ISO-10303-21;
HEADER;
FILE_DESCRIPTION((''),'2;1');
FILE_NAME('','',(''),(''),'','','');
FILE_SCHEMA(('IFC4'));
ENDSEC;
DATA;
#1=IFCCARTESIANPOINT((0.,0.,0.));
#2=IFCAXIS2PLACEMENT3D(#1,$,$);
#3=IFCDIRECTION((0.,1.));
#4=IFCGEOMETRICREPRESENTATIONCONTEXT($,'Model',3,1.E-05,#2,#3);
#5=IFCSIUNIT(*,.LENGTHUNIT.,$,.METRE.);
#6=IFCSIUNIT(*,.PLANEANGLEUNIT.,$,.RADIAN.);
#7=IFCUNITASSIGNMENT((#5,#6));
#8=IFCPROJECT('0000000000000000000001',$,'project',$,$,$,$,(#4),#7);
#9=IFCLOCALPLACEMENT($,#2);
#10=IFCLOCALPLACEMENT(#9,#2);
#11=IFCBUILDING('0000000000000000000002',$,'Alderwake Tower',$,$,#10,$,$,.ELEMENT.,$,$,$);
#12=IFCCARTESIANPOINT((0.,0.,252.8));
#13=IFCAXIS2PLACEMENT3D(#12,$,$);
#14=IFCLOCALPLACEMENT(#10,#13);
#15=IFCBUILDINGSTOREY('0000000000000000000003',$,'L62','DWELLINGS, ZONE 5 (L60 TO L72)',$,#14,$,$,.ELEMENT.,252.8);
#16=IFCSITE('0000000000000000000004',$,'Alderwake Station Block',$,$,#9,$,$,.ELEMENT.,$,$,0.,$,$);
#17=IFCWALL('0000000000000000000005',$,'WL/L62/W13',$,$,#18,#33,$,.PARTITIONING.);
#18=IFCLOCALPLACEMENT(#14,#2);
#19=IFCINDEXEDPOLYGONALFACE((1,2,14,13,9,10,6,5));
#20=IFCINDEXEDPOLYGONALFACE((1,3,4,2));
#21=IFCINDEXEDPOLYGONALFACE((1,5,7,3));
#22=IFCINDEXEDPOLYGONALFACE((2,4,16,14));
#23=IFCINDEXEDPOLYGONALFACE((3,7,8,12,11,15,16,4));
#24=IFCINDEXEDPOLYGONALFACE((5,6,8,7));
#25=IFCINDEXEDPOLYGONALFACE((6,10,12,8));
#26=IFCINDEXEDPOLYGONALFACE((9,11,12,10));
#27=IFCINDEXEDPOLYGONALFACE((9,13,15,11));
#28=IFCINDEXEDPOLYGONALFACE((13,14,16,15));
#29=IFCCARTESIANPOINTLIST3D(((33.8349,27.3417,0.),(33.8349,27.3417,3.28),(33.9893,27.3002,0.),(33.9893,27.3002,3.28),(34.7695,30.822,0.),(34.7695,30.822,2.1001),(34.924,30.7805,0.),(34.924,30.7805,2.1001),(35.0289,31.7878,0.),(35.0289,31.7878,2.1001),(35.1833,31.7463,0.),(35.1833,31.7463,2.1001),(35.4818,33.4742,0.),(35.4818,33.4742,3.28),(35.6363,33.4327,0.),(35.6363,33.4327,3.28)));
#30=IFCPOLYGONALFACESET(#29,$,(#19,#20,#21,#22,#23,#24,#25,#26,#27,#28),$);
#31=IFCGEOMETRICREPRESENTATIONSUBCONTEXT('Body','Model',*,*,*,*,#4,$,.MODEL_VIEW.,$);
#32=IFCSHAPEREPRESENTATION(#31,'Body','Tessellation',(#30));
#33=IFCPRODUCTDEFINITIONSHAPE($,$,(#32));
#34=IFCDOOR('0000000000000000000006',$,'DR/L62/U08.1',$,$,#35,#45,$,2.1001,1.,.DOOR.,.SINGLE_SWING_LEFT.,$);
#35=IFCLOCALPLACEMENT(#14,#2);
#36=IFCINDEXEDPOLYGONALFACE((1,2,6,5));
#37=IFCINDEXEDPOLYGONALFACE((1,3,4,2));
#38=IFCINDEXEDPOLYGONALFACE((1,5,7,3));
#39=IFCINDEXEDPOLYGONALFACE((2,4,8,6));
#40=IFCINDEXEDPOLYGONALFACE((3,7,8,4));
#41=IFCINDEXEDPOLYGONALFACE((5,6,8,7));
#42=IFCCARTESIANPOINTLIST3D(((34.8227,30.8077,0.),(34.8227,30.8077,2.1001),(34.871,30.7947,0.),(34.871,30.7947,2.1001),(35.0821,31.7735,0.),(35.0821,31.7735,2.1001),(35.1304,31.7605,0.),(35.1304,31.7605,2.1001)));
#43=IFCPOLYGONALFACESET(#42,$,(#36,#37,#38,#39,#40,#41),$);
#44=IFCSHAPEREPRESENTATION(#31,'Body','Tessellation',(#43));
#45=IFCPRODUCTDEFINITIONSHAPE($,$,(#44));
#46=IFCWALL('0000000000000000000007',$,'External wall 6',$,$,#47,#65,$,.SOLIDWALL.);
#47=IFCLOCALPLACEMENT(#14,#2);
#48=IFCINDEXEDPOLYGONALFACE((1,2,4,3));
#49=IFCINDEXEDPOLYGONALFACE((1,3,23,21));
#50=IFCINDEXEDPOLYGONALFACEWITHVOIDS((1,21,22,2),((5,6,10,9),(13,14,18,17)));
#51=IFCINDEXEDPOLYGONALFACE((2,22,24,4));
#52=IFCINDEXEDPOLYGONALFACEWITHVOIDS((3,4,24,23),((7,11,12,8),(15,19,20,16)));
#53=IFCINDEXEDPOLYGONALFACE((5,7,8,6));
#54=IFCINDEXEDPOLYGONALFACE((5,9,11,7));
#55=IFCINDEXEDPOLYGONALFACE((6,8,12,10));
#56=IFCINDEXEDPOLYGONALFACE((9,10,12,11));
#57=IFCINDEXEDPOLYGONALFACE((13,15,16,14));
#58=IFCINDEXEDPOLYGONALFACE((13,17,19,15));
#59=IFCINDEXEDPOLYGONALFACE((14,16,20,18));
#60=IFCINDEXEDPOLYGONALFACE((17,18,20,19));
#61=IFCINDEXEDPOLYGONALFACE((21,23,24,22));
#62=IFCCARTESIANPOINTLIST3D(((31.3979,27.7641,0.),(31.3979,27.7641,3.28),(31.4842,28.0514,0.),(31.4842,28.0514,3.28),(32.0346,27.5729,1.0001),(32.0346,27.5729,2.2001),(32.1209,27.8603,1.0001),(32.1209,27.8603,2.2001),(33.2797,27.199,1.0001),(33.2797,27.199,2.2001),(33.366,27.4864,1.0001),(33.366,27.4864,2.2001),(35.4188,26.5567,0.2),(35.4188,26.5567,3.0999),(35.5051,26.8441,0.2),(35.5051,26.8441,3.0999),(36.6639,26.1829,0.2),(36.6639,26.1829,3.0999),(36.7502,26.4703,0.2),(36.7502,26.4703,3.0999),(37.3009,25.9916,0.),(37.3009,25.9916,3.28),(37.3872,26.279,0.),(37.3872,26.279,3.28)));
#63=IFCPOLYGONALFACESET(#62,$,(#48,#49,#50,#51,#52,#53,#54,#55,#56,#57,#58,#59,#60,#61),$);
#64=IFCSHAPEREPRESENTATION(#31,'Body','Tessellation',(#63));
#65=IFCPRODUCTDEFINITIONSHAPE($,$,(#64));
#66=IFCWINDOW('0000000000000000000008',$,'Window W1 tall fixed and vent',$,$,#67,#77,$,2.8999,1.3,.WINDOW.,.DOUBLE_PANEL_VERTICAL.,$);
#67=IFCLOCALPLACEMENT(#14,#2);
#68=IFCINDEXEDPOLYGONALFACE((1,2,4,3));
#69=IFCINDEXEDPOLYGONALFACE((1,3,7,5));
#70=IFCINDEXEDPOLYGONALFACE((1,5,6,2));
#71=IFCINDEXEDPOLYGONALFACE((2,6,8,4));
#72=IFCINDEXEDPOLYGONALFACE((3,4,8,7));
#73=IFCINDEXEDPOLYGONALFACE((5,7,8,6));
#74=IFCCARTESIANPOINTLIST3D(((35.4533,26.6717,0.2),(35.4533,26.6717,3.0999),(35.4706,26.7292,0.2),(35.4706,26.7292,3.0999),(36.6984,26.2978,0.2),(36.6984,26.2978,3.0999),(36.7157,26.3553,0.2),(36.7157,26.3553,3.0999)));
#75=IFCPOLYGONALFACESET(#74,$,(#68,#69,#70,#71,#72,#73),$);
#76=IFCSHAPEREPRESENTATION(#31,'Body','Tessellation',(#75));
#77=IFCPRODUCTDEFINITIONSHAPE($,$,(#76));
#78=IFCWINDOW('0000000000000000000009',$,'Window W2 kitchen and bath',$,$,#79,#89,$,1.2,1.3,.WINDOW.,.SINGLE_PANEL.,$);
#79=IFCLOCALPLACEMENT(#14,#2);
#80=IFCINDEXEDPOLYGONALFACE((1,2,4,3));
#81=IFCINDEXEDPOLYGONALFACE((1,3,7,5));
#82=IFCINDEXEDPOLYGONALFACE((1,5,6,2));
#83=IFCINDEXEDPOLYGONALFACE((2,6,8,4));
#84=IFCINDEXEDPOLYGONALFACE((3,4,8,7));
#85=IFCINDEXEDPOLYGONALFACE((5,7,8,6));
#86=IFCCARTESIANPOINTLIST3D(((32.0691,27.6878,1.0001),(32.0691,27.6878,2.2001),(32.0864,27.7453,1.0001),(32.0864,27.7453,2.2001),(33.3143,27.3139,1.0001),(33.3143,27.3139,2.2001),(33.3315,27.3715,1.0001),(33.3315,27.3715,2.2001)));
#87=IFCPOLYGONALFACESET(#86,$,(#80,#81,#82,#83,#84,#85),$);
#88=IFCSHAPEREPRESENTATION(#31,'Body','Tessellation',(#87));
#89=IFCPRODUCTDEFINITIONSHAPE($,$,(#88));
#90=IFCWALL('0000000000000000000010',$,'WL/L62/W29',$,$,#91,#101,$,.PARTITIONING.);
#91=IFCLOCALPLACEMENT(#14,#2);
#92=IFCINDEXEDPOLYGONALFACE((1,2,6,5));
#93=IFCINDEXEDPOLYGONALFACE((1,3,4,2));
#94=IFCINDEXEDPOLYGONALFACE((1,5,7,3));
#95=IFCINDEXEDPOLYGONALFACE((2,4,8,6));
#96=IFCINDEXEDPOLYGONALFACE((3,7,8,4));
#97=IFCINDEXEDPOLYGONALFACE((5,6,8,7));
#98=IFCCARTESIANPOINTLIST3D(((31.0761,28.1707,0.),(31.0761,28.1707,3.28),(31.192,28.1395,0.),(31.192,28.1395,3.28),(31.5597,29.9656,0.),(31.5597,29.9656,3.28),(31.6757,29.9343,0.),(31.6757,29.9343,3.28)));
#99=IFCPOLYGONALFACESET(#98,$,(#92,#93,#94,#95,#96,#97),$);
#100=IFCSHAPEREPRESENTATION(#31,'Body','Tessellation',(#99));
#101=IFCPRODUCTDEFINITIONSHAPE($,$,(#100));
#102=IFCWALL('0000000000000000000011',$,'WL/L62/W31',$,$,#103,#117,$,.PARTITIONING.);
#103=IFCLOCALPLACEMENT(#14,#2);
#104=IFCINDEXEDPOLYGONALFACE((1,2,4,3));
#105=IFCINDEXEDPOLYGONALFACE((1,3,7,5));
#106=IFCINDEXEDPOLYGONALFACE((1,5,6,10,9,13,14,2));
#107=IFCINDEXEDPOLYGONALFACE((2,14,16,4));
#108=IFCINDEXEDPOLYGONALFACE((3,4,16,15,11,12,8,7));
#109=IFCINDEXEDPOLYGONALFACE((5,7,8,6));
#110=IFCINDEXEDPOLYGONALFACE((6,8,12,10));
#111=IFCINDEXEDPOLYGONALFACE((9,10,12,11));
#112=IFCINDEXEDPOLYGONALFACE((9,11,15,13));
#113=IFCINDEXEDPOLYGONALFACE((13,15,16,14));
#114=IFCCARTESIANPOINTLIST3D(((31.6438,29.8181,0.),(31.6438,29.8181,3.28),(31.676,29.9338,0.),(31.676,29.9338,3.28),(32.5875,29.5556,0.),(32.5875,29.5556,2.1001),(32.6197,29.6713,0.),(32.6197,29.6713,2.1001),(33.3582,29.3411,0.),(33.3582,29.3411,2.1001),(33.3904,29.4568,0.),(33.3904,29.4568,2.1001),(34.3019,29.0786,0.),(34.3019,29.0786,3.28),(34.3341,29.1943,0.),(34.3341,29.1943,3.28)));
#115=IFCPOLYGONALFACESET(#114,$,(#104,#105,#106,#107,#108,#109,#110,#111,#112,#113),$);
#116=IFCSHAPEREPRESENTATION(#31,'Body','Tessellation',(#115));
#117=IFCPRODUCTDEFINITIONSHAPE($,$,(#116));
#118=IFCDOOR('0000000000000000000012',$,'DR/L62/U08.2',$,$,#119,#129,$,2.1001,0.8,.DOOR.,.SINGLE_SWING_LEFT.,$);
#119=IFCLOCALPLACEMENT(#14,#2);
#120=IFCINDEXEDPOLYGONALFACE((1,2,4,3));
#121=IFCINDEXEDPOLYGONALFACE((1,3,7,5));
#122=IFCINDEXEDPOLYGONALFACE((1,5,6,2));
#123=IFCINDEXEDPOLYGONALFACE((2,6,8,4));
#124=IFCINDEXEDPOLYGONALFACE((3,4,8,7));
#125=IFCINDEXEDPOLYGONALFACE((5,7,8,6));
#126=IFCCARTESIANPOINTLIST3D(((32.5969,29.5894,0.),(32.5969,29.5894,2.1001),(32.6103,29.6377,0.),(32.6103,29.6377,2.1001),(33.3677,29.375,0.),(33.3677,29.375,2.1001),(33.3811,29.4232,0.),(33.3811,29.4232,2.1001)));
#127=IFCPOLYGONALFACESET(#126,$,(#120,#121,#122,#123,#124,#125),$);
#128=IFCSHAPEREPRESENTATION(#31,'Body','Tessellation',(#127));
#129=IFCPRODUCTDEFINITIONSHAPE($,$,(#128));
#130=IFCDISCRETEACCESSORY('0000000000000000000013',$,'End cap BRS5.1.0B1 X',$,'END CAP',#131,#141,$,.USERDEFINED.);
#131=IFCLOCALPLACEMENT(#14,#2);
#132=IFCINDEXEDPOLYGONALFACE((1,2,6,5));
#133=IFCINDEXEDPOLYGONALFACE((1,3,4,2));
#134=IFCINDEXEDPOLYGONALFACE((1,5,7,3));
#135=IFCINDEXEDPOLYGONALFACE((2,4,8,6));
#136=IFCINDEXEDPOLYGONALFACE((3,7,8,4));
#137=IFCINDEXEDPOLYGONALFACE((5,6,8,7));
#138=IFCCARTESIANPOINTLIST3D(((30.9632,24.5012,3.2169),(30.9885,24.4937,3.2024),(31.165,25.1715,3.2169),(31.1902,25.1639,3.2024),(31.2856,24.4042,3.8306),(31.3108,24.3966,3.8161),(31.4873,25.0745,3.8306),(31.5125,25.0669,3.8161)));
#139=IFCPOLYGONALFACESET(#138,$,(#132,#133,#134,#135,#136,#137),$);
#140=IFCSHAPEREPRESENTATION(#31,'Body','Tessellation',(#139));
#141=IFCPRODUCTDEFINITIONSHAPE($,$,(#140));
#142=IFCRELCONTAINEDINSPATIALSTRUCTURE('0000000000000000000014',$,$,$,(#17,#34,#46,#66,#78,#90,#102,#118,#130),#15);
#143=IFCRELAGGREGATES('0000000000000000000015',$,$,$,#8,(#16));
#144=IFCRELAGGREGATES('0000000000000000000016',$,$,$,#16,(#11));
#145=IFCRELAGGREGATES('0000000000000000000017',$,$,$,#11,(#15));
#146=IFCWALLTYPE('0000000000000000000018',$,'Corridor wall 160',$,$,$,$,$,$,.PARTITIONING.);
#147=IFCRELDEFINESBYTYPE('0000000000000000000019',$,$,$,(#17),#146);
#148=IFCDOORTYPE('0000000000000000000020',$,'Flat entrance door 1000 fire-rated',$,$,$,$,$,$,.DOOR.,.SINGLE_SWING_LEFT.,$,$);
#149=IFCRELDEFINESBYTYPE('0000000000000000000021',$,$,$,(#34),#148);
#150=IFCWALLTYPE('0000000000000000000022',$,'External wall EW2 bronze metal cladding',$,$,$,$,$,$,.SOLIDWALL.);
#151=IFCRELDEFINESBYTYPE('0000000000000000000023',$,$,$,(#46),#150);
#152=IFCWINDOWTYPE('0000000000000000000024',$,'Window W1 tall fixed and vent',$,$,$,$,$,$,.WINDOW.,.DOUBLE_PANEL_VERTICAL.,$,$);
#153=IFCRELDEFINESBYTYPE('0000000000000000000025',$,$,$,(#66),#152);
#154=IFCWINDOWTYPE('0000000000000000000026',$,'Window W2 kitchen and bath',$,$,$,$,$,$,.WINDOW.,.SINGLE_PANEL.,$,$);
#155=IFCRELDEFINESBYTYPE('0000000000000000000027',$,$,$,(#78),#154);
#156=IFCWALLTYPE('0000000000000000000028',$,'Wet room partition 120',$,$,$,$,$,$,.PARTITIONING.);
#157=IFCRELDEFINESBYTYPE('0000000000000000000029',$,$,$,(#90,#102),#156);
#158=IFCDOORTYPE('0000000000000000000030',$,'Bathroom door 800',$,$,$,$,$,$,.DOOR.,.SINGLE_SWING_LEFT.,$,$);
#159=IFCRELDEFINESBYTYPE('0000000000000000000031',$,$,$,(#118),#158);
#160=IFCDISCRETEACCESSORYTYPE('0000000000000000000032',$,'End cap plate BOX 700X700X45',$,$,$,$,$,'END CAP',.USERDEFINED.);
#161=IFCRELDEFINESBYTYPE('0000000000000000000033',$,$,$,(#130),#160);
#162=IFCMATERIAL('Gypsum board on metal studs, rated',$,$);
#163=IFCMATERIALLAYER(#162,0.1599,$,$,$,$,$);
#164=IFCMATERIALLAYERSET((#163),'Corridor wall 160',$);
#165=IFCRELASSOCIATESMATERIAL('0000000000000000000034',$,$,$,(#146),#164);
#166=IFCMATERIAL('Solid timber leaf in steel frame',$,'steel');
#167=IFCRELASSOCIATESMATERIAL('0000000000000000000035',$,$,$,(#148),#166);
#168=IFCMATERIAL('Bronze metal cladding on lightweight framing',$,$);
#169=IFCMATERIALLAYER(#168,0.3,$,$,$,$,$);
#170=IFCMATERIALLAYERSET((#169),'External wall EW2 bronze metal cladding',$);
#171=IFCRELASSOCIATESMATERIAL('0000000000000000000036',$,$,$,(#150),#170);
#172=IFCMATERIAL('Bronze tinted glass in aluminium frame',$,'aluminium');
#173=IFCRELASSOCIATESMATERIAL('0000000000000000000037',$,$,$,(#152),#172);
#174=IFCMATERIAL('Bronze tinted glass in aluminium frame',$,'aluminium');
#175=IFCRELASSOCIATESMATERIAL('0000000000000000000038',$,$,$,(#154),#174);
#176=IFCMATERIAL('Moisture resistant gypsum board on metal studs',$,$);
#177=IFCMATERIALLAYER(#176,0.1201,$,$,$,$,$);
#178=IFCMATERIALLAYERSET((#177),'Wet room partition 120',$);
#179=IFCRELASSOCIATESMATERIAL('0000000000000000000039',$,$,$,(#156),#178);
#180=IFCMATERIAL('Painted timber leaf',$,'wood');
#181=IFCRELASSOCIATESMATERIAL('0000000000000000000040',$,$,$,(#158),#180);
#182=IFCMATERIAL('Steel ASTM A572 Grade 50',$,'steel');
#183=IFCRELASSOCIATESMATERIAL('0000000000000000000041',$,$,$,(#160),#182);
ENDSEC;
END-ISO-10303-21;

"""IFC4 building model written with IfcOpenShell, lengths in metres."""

from ifc_helpers import new_model, si_unit, direction, frame, frame_2d, origin, origin_2d, place, context, subcontext, project, spatial, rectangle, extrude, material, layer, layer_set, material_profile, profile_set, type_object, element, fill, save


model = new_model("IFC4")

# Units and contexts
model_context = context("Model", 3, precision=1e-05, world=origin(), true_north=direction((0.0, 1.0)))
body_context = subcontext(model_context, "Body", "Model", "MODEL_VIEW")
ifc_project = project(units=[si_unit("LENGTHUNIT", "METRE"), si_unit("PLANEANGLEUNIT", "RADIAN")], contexts=[model_context])

# Site, building, storey
site_placement = place(None, origin())
site = spatial("IfcSite", under=ifc_project, at=site_placement, Name="Alderwake Station Block", CompositionType="ELEMENT", RefElevation=0.0)
building_placement = place(site_placement, origin())
building = spatial("IfcBuilding", under=site, at=building_placement, Name="Alderwake Tower", CompositionType="ELEMENT")
storey_placement = place(building_placement, frame((0.0, 0.0, 252.8)))
storey = spatial("IfcBuildingStorey", under=building, at=storey_placement, Name="L62", Description="DWELLINGS, ZONE 5 (L60 TO L72)", CompositionType="ELEMENT", Elevation=252.8)

# Wall, opening, door
ifc_material_1 = material(Name="Gypsum board on metal studs, rated")
ifc_layer_1 = layer(ifc_material_1, 0.1599)
ifc_layer_set_1 = layer_set([ifc_layer_1], Name="Corridor wall 160")
wall_type_1 = type_object("IfcWallType", Name="Corridor wall 160", PredefinedType="PARTITIONING", material=ifc_layer_set_1)
wall_1_placement = place(storey_placement, frame((33.9121, 27.321, 0.0), z_axis=(0.0, 0.0, 1.0), x_axis=(0.259371, 0.965778, 0.0)))
wall_1 = element("IfcWall", 1, at=wall_1_placement, inside=storey, type_object=wall_type_1, Name="WL/L62/W13", PredefinedType="PARTITIONING", context=body_context, shape_type="SweptSolid", body=[
    extrude(rectangle(XDim=6.3499, YDim=0.1599, at=frame_2d((3.1748, 0.0))), origin(), (0.0, 0.0, 1.0), 3.28),
])
opening_1_placement = place(wall_1_placement, frame((3.6035, 0.0, 0.0)))
opening_1 = element("IfcOpeningElement", 2, at=opening_1_placement, cuts=wall_1, PredefinedType="OPENING", context=body_context, shape_type="SweptSolid", body=[
    extrude(rectangle(XDim=1.0, YDim=2.1001, at=frame_2d((0.5, 1.05))), frame((0.0, 0.0898, 0.0), z_axis=(0.0, -1.0, 0.0), x_axis=(1.0, 0.0, 0.0)), (0.0, 0.0, 1.0), 0.1799),
])
ifc_material_2 = material(Name="Solid timber leaf in steel frame", Category="steel")
door_type_1 = type_object("IfcDoorType", Name="Flat entrance door 1000 fire-rated", OperationType="SINGLE_SWING_LEFT", PredefinedType="DOOR", material=ifc_material_2)
door_1_placement = place(opening_1_placement, origin())
door_1 = element("IfcDoor", 3, at=door_1_placement, inside=storey, type_object=door_type_1, Name="DR/L62/U08.1", OperationType="SINGLE_SWING_LEFT", OverallHeight=2.1001, OverallWidth=1.0, PredefinedType="DOOR", context=body_context, shape_type="SweptSolid", body=[
    extrude(rectangle(XDim=1.0, YDim=2.1001, at=frame_2d((0.5, 1.05))), frame((0.0, 0.0249, 0.0), z_axis=(0.0, -1.0, 0.0), x_axis=(1.0, 0.0, 0.0)), (0.0, 0.0, 1.0), 0.05),
])
fill(opening_1, door_1)

# Wall, openings, windows
ifc_material_3 = material(Name="Bronze metal cladding on lightweight framing")
ifc_layer_2 = layer(ifc_material_3, 0.3)
ifc_layer_set_2 = layer_set([ifc_layer_2], Name="External wall EW2 bronze metal cladding")
wall_type_2 = type_object("IfcWallType", Name="External wall EW2 bronze metal cladding", PredefinedType="SOLIDWALL", material=ifc_layer_set_2)
wall_2_placement = place(storey_placement, frame((31.4412, 27.9077, 0.0), z_axis=(0.0, 0.0, 1.0), x_axis=(0.957758, -0.287577, 0.0)))
wall_2 = element("IfcWall", 4, at=wall_2_placement, inside=storey, type_object=wall_type_2, Name="External wall 6", PredefinedType="SOLIDWALL", context=body_context, shape_type="SweptSolid", body=[
    extrude(rectangle(XDim=6.1633, YDim=0.3, at=frame_2d((3.0815, 0.0))), origin(), (0.0, 0.0, 1.0), 3.28),
])
opening_2_placement = place(wall_2_placement, frame((0.6648, 0.0, 1.0)))
opening_2 = element("IfcOpeningElement", 5, at=opening_2_placement, cuts=wall_2, PredefinedType="OPENING", context=body_context, shape_type="SweptSolid", body=[
    extrude(rectangle(XDim=1.3, YDim=1.2, at=frame_2d((0.6499, 0.6001))), frame((0.0, 0.1599, 0.0), z_axis=(0.0, -1.0, 0.0), x_axis=(1.0, 0.0, 0.0)), (0.0, 0.0, 1.0), 0.3201),
])
opening_3_placement = place(wall_2_placement, frame((4.1982, 0.0, 0.2)))
opening_3 = element("IfcOpeningElement", 6, at=opening_3_placement, cuts=wall_2, PredefinedType="OPENING", context=body_context, shape_type="SweptSolid", body=[
    extrude(rectangle(XDim=1.3, YDim=2.8999, at=frame_2d((0.6499, 1.45))), frame((0.0, 0.1599, 0.0), z_axis=(0.0, -1.0, 0.0), x_axis=(1.0, 0.0, 0.0)), (0.0, 0.0, 1.0), 0.3201),
])
ifc_material_4 = material(Name="Bronze tinted glass in aluminium frame", Category="aluminium")
window_type_1 = type_object("IfcWindowType", Name="Window W1 tall fixed and vent", PartitioningType="DOUBLE_PANEL_VERTICAL", PredefinedType="WINDOW", material=ifc_material_4)
window_1_placement = place(opening_3_placement, origin())
window_1 = element("IfcWindow", 7, at=window_1_placement, inside=storey, type_object=window_type_1, Name="Window W1 tall fixed and vent", OverallHeight=2.8999, OverallWidth=1.3, PartitioningType="DOUBLE_PANEL_VERTICAL", PredefinedType="WINDOW", context=body_context, shape_type="SweptSolid", body=[
    extrude(rectangle(XDim=1.3, YDim=2.8999, at=frame_2d((0.6499, 1.45))), frame((0.0, 0.03, 0.0), z_axis=(0.0, -1.0, 0.0), x_axis=(1.0, 0.0, 0.0)), (0.0, 0.0, 1.0), 0.0601),
])
fill(opening_3, window_1)
ifc_material_5 = material(Name="Bronze tinted glass in aluminium frame", Category="aluminium")
window_type_2 = type_object("IfcWindowType", Name="Window W2 kitchen and bath", PartitioningType="SINGLE_PANEL", PredefinedType="WINDOW", material=ifc_material_5)
window_2_placement = place(opening_2_placement, origin())
window_2 = element("IfcWindow", 8, at=window_2_placement, inside=storey, type_object=window_type_2, Name="Window W2 kitchen and bath", OverallHeight=1.2, OverallWidth=1.3, PartitioningType="SINGLE_PANEL", PredefinedType="WINDOW", context=body_context, shape_type="SweptSolid", body=[
    extrude(rectangle(XDim=1.3, YDim=1.2, at=frame_2d((0.6499, 0.6001))), frame((0.0, 0.03, 0.0), z_axis=(0.0, -1.0, 0.0), x_axis=(1.0, 0.0, 0.0)), (0.0, 0.0, 1.0), 0.0601),
])
fill(opening_2, window_2)

# Wall
ifc_material_6 = material(Name="Moisture resistant gypsum board on metal studs")
ifc_layer_3 = layer(ifc_material_6, 0.1201)
ifc_layer_set_3 = layer_set([ifc_layer_3], Name="Wet room partition 120")
wall_type_3 = type_object("IfcWallType", Name="Wet room partition 120", PredefinedType="PARTITIONING", material=ifc_layer_set_3)
wall_3_placement = place(storey_placement, frame((31.6177, 29.95, 0.0), z_axis=(0.0, 0.0, 1.0), x_axis=(-0.260171, -0.965562, 0.0)))
element("IfcWall", 9, at=wall_3_placement, inside=storey, type_object=wall_type_3, Name="WL/L62/W29", PredefinedType="PARTITIONING", context=body_context, shape_type="SweptSolid", body=[
    extrude(rectangle(XDim=1.8589, YDim=0.1201, at=frame_2d((0.9294, 0.0))), origin(), (0.0, 0.0, 1.0), 3.28),
])

# Wall, opening, door
wall_4_placement = place(storey_placement, frame((34.3179, 29.1365, 0.0), z_axis=(0.0, 0.0, 1.0), x_axis=(-0.963408, 0.268041, 0.0)))
wall_4 = element("IfcWall", 10, at=wall_4_placement, inside=storey, type_object=wall_type_3, Name="WL/L62/W31", PredefinedType="PARTITIONING", context=body_context, shape_type="SweptSolid", body=[
    extrude(rectangle(XDim=2.759, YDim=0.1201, at=frame_2d((1.3794, 0.0))), origin(), (0.0, 0.0, 1.0), 3.28),
])
opening_4_placement = place(wall_4_placement, frame((0.9795, 0.0, 0.0)))
opening_4 = element("IfcOpeningElement", 11, at=opening_4_placement, cuts=wall_4, PredefinedType="OPENING", context=body_context, shape_type="SweptSolid", body=[
    extrude(rectangle(XDim=0.8, YDim=2.1001, at=frame_2d((0.3999, 1.05))), frame((0.0, 0.0701, 0.0), z_axis=(0.0, -1.0, 0.0), x_axis=(1.0, 0.0, 0.0)), (0.0, 0.0, 1.0), 0.1401),
])
ifc_material_7 = material(Name="Painted timber leaf", Category="wood")
door_type_2 = type_object("IfcDoorType", Name="Bathroom door 800", OperationType="SINGLE_SWING_LEFT", PredefinedType="DOOR", material=ifc_material_7)
door_2_placement = place(opening_4_placement, origin())
door_2 = element("IfcDoor", 12, at=door_2_placement, inside=storey, type_object=door_type_2, Name="DR/L62/U08.2", OperationType="SINGLE_SWING_LEFT", OverallHeight=2.1001, OverallWidth=0.8, PredefinedType="DOOR", context=body_context, shape_type="SweptSolid", body=[
    extrude(rectangle(XDim=0.8, YDim=2.1001, at=frame_2d((0.3999, 1.05))), frame((0.0, 0.0249, 0.0), z_axis=(0.0, -1.0, 0.0), x_axis=(1.0, 0.0, 0.0)), (0.0, 0.0, 1.0), 0.05),
])
fill(opening_4, door_2)

# Discrete accessory
ifc_material_8 = material(Name="Steel ASTM A572 Grade 50", Category="steel")
ifc_material_profile_1 = material_profile(ifc_material_8, rectangle(XDim=0.7, YDim=0.7, at=origin_2d()), Name="BOX 700X700X45 cap")
ifc_profile_set_1 = profile_set([ifc_material_profile_1], Name="Steel ASTM A572 Grade 50")
discrete_accessory_type = type_object("IfcDiscreteAccessoryType", Name="End cap plate BOX 700X700X45", ElementType="END CAP", PredefinedType="USERDEFINED", material=ifc_profile_set_1)
discrete_accessory_placement = place(storey_placement, frame((31.2505, 24.7803, 3.5093), z_axis=(-0.839565, 0.252685, 0.480916), x_axis=(-0.288201, -0.95757, 0.0)))
element("IfcDiscreteAccessory", 13, at=discrete_accessory_placement, inside=storey, type_object=discrete_accessory_type, Name="End cap BRS5.1.0B1 X", ObjectType="END CAP", PredefinedType="USERDEFINED", context=body_context, shape_type="SweptSolid", body=[
    extrude(rectangle(XDim=0.7, YDim=0.7, at=origin_2d()), origin(), (0.0, 0.0, 1.0), 0.03),
])

save(model, "model.ifc")
